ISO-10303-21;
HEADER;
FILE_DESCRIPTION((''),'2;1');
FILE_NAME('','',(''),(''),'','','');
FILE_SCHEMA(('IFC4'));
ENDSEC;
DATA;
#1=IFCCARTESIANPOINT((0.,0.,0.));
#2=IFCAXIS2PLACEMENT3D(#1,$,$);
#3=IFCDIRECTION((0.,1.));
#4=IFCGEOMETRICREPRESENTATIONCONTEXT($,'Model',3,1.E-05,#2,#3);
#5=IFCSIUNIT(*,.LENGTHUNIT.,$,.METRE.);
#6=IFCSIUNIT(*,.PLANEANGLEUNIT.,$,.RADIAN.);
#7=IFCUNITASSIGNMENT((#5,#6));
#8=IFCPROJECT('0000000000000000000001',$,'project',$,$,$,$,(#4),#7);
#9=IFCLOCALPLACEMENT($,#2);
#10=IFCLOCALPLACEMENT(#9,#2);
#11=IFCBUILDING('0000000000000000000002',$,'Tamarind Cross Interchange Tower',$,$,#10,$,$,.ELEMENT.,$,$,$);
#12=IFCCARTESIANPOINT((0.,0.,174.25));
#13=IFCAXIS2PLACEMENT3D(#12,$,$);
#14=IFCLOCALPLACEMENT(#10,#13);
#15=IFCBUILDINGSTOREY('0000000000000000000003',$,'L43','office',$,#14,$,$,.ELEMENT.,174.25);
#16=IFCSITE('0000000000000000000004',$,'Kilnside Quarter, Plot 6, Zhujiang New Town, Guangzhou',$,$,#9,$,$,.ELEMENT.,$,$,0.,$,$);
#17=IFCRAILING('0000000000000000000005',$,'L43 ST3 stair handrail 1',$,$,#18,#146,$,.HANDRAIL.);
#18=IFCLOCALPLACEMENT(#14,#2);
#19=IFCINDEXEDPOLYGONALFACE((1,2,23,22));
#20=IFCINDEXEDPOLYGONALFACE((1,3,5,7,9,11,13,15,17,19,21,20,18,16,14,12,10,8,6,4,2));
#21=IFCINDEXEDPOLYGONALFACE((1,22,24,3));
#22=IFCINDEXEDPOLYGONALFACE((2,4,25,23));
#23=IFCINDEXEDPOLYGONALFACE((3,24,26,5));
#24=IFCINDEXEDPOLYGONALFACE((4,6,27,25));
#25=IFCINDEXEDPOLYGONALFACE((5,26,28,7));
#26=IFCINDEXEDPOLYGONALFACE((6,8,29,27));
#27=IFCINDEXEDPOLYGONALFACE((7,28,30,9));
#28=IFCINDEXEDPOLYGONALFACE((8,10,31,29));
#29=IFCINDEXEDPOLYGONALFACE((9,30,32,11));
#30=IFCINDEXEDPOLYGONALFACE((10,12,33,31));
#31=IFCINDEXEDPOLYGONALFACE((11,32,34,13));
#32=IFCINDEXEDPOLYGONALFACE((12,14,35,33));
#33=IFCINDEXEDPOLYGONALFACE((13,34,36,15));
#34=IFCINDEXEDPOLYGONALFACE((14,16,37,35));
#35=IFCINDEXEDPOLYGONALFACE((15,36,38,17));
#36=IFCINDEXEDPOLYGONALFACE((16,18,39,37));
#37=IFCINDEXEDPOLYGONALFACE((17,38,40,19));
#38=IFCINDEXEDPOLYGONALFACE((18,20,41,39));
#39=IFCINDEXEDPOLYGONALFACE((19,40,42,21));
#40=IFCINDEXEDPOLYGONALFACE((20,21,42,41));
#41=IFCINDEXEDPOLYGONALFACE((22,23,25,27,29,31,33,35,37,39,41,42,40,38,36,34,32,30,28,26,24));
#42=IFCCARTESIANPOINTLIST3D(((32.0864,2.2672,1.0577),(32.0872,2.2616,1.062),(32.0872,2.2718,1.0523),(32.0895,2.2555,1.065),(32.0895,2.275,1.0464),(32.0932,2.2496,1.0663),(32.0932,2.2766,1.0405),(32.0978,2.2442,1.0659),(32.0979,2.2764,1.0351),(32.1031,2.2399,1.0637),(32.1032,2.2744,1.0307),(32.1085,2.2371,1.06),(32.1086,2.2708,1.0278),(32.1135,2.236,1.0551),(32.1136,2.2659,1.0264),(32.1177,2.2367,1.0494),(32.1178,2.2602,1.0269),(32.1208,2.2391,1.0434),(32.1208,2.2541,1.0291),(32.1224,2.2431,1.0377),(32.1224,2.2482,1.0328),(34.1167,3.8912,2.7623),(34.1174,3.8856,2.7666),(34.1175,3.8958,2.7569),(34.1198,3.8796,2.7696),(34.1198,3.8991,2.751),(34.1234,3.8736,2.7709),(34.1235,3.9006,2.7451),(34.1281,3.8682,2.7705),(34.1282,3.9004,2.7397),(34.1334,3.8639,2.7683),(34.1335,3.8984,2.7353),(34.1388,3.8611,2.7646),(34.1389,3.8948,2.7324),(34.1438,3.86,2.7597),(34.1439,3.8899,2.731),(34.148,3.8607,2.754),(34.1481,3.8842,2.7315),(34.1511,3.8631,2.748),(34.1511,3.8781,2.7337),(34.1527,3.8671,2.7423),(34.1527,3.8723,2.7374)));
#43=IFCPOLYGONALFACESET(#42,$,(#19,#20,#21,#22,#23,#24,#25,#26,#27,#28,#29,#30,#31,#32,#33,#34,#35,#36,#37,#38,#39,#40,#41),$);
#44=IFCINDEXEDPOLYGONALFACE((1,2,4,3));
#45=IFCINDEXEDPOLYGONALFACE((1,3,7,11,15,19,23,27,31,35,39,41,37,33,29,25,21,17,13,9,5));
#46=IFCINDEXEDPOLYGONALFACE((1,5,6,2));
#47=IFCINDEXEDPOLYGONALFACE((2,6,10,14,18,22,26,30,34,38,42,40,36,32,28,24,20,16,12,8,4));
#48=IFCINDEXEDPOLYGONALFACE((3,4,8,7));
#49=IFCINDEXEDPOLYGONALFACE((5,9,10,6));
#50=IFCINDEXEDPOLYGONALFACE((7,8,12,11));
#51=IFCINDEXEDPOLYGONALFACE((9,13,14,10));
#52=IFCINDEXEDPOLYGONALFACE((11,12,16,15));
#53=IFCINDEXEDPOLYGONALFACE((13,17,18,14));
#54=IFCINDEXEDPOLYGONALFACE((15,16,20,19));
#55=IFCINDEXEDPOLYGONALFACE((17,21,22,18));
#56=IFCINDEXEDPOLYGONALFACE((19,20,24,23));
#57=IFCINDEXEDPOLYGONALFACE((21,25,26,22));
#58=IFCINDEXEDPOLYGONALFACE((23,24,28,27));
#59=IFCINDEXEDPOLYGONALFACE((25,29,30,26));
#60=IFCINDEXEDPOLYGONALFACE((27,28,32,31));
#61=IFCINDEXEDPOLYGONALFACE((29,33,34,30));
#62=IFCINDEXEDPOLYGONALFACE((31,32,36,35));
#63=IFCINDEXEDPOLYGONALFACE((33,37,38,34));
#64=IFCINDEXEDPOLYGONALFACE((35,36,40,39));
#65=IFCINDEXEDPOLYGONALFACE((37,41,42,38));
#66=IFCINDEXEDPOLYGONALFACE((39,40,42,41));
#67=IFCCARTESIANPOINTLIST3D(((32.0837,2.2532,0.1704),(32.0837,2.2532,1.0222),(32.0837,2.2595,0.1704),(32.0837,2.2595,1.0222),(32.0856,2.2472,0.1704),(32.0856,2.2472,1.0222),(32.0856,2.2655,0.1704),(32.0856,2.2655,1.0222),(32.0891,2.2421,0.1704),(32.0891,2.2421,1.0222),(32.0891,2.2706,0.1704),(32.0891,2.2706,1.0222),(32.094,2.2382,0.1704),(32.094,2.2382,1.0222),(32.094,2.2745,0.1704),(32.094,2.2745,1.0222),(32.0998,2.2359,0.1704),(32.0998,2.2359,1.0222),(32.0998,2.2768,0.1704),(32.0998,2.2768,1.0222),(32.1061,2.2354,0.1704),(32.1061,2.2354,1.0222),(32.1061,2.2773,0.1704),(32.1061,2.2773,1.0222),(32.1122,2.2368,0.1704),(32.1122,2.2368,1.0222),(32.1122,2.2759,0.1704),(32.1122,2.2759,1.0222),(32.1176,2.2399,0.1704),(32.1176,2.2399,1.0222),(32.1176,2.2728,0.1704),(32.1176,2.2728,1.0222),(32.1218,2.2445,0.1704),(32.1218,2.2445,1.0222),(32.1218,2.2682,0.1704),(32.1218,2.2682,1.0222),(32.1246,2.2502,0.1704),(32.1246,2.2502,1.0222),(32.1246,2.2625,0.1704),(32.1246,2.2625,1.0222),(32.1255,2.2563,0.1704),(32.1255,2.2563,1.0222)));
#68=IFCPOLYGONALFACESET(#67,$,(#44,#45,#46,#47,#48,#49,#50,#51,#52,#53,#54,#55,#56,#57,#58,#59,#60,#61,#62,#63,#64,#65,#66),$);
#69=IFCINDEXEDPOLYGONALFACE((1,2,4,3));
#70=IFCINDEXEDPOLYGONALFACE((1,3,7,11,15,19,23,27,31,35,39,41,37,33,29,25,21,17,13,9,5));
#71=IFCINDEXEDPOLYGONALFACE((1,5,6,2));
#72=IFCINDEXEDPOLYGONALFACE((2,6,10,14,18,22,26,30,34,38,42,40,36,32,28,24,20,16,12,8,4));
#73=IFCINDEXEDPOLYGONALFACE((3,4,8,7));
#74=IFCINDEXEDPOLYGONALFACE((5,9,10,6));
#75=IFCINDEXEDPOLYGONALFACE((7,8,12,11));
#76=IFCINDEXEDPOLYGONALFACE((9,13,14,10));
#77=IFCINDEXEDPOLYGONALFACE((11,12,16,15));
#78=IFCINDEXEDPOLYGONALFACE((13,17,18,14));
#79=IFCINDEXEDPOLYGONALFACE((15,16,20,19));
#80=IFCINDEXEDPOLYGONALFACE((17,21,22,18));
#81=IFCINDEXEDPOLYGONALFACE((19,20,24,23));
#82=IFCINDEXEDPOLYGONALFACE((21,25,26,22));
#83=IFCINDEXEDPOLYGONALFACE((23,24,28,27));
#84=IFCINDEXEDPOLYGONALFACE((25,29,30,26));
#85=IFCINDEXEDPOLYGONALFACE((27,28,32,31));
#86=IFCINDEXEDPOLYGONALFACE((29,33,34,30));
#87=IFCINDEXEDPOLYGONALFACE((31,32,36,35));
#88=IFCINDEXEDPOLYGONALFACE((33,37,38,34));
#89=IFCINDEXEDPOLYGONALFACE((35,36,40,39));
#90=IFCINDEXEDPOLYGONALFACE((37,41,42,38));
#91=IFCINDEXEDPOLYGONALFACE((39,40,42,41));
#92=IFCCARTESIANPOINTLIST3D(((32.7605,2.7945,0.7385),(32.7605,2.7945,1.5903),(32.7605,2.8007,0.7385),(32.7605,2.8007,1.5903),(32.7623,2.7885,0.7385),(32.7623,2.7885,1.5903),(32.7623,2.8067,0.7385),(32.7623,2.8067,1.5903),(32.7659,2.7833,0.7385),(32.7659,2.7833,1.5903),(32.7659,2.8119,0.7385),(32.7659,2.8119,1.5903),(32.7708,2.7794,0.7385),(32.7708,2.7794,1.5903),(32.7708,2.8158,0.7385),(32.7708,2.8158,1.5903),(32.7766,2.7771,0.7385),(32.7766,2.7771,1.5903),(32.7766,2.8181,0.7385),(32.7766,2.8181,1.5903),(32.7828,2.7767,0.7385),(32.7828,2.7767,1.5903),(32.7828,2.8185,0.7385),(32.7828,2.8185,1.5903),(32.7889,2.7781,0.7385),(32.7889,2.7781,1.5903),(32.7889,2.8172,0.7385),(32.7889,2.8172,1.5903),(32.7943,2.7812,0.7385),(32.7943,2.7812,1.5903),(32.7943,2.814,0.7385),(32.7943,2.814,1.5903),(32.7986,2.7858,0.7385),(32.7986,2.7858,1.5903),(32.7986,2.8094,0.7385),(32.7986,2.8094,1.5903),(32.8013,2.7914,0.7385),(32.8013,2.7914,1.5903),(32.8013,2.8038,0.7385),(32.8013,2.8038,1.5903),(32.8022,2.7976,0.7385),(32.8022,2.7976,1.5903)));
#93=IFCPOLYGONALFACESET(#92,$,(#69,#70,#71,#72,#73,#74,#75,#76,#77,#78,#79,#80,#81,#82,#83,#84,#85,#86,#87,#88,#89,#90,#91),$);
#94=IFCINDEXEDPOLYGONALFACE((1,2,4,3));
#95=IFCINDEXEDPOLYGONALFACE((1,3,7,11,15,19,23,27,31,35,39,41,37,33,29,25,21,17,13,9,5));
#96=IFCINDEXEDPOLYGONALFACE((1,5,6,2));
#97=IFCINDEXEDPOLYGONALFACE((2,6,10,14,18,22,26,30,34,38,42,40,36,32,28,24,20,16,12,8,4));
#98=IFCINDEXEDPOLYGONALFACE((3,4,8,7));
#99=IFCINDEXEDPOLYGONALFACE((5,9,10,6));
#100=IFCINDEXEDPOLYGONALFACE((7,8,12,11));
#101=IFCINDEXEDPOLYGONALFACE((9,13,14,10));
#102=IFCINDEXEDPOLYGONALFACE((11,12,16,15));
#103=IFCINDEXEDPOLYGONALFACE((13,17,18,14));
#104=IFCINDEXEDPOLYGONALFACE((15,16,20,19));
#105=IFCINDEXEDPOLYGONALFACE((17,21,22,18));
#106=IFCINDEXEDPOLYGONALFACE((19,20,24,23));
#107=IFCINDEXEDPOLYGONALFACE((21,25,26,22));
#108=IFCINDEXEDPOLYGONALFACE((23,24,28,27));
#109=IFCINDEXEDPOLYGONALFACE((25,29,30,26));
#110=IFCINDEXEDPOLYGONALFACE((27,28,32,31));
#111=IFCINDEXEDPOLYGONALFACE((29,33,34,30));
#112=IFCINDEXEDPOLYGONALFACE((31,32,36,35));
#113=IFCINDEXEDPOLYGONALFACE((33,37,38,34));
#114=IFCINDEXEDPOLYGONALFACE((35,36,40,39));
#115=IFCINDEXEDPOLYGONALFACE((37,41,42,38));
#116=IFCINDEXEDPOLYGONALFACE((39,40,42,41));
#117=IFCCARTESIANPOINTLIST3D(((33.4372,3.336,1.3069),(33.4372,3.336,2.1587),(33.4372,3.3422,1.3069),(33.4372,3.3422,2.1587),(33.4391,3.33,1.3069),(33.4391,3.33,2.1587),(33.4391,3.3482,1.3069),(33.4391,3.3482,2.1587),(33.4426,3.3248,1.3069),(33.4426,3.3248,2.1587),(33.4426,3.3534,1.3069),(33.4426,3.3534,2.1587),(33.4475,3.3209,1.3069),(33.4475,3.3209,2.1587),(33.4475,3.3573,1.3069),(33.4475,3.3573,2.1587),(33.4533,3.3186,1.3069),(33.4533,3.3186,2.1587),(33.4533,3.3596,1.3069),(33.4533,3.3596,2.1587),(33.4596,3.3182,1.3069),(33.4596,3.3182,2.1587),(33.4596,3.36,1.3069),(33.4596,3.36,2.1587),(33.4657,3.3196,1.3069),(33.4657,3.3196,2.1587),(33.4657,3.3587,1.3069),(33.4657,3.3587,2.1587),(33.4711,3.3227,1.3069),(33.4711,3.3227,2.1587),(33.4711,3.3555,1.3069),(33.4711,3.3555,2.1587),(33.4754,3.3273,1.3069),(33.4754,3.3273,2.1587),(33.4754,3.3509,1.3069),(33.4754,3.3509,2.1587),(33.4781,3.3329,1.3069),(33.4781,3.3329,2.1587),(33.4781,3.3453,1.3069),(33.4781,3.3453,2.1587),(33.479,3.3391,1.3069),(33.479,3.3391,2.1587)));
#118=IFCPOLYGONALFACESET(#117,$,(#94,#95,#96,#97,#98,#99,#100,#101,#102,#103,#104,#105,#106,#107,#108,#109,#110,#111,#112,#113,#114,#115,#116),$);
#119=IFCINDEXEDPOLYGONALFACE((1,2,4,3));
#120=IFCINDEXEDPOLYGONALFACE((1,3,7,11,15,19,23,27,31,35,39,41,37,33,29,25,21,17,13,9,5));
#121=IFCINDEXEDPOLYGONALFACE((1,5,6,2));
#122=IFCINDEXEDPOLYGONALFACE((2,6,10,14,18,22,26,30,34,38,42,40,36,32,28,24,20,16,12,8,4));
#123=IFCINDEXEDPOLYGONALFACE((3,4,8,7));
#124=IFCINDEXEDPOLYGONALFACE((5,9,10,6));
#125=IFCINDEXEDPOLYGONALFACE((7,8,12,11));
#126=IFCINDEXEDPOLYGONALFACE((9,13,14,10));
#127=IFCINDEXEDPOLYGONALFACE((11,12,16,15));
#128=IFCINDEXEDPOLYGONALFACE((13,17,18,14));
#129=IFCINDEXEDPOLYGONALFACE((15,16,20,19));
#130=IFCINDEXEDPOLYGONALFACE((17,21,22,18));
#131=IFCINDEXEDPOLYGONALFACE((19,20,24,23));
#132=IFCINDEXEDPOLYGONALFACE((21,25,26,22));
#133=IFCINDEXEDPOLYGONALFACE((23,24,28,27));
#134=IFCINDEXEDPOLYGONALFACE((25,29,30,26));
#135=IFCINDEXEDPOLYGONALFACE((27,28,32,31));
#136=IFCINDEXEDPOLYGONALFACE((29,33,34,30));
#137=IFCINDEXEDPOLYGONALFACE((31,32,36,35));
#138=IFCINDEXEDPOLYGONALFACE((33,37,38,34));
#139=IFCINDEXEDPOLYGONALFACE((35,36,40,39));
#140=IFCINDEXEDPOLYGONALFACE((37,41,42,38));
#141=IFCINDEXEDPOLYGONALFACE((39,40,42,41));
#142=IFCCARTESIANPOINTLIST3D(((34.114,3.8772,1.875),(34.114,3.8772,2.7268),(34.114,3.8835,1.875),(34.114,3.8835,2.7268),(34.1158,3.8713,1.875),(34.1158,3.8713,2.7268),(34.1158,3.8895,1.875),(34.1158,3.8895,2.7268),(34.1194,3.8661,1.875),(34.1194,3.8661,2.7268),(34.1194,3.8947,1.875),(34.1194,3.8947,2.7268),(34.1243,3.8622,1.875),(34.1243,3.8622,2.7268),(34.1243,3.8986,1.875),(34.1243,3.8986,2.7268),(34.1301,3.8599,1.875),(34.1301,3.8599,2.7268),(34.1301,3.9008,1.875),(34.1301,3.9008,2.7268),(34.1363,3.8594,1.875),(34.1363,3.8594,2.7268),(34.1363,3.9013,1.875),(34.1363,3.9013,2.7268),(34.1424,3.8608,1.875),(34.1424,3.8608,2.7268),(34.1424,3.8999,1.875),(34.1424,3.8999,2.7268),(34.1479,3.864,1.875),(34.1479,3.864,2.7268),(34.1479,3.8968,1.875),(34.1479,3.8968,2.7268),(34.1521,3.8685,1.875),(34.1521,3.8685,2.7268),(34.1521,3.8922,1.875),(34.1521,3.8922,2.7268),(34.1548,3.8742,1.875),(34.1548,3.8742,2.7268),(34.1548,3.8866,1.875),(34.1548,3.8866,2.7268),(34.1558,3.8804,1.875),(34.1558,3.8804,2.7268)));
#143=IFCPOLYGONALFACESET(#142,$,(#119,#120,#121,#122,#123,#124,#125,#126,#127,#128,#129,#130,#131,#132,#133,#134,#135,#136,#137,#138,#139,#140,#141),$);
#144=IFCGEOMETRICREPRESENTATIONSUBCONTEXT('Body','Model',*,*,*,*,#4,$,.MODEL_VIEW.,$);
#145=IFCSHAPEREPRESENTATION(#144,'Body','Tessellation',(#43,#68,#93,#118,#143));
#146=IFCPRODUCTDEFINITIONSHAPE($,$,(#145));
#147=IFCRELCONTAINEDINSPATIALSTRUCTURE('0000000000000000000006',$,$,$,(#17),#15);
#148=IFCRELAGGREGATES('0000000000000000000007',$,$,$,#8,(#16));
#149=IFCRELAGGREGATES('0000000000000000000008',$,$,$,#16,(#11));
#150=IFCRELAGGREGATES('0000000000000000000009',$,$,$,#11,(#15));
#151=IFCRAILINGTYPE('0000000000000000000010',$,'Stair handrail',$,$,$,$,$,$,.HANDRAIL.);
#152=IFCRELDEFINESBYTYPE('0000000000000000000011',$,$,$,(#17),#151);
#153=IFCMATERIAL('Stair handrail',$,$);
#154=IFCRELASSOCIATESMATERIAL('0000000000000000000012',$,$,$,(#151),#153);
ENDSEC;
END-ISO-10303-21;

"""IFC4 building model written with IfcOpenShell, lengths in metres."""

from ifc_helpers import new_model, si_unit, direction, frame, origin, origin_2d, place, context, subcontext, project, spatial, circle, extrude, material, type_object, element, save


model = new_model("IFC4")

# Units and contexts
model_context = context("Model", 3, precision=1e-05, world=origin(), true_north=direction((0.0, 1.0)))
body_context = subcontext(model_context, "Body", "Model", "MODEL_VIEW")
ifc_project = project(units=[si_unit("LENGTHUNIT", "METRE"), si_unit("PLANEANGLEUNIT", "RADIAN")], contexts=[model_context])

# Site, building, storey
site_placement = place(None, origin())
site = spatial("IfcSite", under=ifc_project, at=site_placement, Name="Kilnside Quarter, Plot 6, Zhujiang New Town, Guangzhou", CompositionType="ELEMENT", RefElevation=0.0)
building_placement = place(site_placement, origin())
building = spatial("IfcBuilding", under=site, at=building_placement, Name="Tamarind Cross Interchange Tower", CompositionType="ELEMENT")
storey_placement = place(building_placement, frame((0.0, 0.0, 174.25)))
storey = spatial("IfcBuildingStorey", under=building, at=storey_placement, Name="L43", Description="office", CompositionType="ELEMENT", Elevation=174.25)

# Railing
ifc_material_1 = material(Name="Stair handrail")
railing_type_1 = type_object("IfcRailingType", Name="Stair handrail", PredefinedType="HANDRAIL", material=ifc_material_1)
railing_1_placement = place(storey_placement, frame((32.1045, 2.2563, 0.1704)))
element("IfcRailing", 1, at=railing_1_placement, inside=storey, type_object=railing_type_1, Name="L43 ST3 stair handrail 1", PredefinedType="HANDRAIL", context=body_context, shape_type="SweptSolid", body=[
    extrude(circle(Radius=0.0239, at=origin_2d()), frame((0.0, 0.0, 0.876), z_axis=(0.653058, 0.522383, 0.548298), x_axis=(-0.624649, 0.780905, 0.0)), (0.0, 0.0, 1.0), 3.1089),
    extrude(circle(Radius=0.021, at=origin_2d()), origin(), (0.0, 0.0, 1.0), 0.8518),
    extrude(circle(Radius=0.021, at=origin_2d()), frame((0.6768, 0.5413, 0.5681)), (0.0, 0.0, 1.0), 0.8518),
    extrude(circle(Radius=0.021, at=origin_2d()), frame((1.3535, 1.0828, 1.1365)), (0.0, 0.0, 1.0), 0.8518),
    extrude(circle(Radius=0.021, at=origin_2d()), frame((2.0303, 1.624, 1.7046)), (0.0, 0.0, 1.0), 0.8518),
])

save(model, "model.ifc")
